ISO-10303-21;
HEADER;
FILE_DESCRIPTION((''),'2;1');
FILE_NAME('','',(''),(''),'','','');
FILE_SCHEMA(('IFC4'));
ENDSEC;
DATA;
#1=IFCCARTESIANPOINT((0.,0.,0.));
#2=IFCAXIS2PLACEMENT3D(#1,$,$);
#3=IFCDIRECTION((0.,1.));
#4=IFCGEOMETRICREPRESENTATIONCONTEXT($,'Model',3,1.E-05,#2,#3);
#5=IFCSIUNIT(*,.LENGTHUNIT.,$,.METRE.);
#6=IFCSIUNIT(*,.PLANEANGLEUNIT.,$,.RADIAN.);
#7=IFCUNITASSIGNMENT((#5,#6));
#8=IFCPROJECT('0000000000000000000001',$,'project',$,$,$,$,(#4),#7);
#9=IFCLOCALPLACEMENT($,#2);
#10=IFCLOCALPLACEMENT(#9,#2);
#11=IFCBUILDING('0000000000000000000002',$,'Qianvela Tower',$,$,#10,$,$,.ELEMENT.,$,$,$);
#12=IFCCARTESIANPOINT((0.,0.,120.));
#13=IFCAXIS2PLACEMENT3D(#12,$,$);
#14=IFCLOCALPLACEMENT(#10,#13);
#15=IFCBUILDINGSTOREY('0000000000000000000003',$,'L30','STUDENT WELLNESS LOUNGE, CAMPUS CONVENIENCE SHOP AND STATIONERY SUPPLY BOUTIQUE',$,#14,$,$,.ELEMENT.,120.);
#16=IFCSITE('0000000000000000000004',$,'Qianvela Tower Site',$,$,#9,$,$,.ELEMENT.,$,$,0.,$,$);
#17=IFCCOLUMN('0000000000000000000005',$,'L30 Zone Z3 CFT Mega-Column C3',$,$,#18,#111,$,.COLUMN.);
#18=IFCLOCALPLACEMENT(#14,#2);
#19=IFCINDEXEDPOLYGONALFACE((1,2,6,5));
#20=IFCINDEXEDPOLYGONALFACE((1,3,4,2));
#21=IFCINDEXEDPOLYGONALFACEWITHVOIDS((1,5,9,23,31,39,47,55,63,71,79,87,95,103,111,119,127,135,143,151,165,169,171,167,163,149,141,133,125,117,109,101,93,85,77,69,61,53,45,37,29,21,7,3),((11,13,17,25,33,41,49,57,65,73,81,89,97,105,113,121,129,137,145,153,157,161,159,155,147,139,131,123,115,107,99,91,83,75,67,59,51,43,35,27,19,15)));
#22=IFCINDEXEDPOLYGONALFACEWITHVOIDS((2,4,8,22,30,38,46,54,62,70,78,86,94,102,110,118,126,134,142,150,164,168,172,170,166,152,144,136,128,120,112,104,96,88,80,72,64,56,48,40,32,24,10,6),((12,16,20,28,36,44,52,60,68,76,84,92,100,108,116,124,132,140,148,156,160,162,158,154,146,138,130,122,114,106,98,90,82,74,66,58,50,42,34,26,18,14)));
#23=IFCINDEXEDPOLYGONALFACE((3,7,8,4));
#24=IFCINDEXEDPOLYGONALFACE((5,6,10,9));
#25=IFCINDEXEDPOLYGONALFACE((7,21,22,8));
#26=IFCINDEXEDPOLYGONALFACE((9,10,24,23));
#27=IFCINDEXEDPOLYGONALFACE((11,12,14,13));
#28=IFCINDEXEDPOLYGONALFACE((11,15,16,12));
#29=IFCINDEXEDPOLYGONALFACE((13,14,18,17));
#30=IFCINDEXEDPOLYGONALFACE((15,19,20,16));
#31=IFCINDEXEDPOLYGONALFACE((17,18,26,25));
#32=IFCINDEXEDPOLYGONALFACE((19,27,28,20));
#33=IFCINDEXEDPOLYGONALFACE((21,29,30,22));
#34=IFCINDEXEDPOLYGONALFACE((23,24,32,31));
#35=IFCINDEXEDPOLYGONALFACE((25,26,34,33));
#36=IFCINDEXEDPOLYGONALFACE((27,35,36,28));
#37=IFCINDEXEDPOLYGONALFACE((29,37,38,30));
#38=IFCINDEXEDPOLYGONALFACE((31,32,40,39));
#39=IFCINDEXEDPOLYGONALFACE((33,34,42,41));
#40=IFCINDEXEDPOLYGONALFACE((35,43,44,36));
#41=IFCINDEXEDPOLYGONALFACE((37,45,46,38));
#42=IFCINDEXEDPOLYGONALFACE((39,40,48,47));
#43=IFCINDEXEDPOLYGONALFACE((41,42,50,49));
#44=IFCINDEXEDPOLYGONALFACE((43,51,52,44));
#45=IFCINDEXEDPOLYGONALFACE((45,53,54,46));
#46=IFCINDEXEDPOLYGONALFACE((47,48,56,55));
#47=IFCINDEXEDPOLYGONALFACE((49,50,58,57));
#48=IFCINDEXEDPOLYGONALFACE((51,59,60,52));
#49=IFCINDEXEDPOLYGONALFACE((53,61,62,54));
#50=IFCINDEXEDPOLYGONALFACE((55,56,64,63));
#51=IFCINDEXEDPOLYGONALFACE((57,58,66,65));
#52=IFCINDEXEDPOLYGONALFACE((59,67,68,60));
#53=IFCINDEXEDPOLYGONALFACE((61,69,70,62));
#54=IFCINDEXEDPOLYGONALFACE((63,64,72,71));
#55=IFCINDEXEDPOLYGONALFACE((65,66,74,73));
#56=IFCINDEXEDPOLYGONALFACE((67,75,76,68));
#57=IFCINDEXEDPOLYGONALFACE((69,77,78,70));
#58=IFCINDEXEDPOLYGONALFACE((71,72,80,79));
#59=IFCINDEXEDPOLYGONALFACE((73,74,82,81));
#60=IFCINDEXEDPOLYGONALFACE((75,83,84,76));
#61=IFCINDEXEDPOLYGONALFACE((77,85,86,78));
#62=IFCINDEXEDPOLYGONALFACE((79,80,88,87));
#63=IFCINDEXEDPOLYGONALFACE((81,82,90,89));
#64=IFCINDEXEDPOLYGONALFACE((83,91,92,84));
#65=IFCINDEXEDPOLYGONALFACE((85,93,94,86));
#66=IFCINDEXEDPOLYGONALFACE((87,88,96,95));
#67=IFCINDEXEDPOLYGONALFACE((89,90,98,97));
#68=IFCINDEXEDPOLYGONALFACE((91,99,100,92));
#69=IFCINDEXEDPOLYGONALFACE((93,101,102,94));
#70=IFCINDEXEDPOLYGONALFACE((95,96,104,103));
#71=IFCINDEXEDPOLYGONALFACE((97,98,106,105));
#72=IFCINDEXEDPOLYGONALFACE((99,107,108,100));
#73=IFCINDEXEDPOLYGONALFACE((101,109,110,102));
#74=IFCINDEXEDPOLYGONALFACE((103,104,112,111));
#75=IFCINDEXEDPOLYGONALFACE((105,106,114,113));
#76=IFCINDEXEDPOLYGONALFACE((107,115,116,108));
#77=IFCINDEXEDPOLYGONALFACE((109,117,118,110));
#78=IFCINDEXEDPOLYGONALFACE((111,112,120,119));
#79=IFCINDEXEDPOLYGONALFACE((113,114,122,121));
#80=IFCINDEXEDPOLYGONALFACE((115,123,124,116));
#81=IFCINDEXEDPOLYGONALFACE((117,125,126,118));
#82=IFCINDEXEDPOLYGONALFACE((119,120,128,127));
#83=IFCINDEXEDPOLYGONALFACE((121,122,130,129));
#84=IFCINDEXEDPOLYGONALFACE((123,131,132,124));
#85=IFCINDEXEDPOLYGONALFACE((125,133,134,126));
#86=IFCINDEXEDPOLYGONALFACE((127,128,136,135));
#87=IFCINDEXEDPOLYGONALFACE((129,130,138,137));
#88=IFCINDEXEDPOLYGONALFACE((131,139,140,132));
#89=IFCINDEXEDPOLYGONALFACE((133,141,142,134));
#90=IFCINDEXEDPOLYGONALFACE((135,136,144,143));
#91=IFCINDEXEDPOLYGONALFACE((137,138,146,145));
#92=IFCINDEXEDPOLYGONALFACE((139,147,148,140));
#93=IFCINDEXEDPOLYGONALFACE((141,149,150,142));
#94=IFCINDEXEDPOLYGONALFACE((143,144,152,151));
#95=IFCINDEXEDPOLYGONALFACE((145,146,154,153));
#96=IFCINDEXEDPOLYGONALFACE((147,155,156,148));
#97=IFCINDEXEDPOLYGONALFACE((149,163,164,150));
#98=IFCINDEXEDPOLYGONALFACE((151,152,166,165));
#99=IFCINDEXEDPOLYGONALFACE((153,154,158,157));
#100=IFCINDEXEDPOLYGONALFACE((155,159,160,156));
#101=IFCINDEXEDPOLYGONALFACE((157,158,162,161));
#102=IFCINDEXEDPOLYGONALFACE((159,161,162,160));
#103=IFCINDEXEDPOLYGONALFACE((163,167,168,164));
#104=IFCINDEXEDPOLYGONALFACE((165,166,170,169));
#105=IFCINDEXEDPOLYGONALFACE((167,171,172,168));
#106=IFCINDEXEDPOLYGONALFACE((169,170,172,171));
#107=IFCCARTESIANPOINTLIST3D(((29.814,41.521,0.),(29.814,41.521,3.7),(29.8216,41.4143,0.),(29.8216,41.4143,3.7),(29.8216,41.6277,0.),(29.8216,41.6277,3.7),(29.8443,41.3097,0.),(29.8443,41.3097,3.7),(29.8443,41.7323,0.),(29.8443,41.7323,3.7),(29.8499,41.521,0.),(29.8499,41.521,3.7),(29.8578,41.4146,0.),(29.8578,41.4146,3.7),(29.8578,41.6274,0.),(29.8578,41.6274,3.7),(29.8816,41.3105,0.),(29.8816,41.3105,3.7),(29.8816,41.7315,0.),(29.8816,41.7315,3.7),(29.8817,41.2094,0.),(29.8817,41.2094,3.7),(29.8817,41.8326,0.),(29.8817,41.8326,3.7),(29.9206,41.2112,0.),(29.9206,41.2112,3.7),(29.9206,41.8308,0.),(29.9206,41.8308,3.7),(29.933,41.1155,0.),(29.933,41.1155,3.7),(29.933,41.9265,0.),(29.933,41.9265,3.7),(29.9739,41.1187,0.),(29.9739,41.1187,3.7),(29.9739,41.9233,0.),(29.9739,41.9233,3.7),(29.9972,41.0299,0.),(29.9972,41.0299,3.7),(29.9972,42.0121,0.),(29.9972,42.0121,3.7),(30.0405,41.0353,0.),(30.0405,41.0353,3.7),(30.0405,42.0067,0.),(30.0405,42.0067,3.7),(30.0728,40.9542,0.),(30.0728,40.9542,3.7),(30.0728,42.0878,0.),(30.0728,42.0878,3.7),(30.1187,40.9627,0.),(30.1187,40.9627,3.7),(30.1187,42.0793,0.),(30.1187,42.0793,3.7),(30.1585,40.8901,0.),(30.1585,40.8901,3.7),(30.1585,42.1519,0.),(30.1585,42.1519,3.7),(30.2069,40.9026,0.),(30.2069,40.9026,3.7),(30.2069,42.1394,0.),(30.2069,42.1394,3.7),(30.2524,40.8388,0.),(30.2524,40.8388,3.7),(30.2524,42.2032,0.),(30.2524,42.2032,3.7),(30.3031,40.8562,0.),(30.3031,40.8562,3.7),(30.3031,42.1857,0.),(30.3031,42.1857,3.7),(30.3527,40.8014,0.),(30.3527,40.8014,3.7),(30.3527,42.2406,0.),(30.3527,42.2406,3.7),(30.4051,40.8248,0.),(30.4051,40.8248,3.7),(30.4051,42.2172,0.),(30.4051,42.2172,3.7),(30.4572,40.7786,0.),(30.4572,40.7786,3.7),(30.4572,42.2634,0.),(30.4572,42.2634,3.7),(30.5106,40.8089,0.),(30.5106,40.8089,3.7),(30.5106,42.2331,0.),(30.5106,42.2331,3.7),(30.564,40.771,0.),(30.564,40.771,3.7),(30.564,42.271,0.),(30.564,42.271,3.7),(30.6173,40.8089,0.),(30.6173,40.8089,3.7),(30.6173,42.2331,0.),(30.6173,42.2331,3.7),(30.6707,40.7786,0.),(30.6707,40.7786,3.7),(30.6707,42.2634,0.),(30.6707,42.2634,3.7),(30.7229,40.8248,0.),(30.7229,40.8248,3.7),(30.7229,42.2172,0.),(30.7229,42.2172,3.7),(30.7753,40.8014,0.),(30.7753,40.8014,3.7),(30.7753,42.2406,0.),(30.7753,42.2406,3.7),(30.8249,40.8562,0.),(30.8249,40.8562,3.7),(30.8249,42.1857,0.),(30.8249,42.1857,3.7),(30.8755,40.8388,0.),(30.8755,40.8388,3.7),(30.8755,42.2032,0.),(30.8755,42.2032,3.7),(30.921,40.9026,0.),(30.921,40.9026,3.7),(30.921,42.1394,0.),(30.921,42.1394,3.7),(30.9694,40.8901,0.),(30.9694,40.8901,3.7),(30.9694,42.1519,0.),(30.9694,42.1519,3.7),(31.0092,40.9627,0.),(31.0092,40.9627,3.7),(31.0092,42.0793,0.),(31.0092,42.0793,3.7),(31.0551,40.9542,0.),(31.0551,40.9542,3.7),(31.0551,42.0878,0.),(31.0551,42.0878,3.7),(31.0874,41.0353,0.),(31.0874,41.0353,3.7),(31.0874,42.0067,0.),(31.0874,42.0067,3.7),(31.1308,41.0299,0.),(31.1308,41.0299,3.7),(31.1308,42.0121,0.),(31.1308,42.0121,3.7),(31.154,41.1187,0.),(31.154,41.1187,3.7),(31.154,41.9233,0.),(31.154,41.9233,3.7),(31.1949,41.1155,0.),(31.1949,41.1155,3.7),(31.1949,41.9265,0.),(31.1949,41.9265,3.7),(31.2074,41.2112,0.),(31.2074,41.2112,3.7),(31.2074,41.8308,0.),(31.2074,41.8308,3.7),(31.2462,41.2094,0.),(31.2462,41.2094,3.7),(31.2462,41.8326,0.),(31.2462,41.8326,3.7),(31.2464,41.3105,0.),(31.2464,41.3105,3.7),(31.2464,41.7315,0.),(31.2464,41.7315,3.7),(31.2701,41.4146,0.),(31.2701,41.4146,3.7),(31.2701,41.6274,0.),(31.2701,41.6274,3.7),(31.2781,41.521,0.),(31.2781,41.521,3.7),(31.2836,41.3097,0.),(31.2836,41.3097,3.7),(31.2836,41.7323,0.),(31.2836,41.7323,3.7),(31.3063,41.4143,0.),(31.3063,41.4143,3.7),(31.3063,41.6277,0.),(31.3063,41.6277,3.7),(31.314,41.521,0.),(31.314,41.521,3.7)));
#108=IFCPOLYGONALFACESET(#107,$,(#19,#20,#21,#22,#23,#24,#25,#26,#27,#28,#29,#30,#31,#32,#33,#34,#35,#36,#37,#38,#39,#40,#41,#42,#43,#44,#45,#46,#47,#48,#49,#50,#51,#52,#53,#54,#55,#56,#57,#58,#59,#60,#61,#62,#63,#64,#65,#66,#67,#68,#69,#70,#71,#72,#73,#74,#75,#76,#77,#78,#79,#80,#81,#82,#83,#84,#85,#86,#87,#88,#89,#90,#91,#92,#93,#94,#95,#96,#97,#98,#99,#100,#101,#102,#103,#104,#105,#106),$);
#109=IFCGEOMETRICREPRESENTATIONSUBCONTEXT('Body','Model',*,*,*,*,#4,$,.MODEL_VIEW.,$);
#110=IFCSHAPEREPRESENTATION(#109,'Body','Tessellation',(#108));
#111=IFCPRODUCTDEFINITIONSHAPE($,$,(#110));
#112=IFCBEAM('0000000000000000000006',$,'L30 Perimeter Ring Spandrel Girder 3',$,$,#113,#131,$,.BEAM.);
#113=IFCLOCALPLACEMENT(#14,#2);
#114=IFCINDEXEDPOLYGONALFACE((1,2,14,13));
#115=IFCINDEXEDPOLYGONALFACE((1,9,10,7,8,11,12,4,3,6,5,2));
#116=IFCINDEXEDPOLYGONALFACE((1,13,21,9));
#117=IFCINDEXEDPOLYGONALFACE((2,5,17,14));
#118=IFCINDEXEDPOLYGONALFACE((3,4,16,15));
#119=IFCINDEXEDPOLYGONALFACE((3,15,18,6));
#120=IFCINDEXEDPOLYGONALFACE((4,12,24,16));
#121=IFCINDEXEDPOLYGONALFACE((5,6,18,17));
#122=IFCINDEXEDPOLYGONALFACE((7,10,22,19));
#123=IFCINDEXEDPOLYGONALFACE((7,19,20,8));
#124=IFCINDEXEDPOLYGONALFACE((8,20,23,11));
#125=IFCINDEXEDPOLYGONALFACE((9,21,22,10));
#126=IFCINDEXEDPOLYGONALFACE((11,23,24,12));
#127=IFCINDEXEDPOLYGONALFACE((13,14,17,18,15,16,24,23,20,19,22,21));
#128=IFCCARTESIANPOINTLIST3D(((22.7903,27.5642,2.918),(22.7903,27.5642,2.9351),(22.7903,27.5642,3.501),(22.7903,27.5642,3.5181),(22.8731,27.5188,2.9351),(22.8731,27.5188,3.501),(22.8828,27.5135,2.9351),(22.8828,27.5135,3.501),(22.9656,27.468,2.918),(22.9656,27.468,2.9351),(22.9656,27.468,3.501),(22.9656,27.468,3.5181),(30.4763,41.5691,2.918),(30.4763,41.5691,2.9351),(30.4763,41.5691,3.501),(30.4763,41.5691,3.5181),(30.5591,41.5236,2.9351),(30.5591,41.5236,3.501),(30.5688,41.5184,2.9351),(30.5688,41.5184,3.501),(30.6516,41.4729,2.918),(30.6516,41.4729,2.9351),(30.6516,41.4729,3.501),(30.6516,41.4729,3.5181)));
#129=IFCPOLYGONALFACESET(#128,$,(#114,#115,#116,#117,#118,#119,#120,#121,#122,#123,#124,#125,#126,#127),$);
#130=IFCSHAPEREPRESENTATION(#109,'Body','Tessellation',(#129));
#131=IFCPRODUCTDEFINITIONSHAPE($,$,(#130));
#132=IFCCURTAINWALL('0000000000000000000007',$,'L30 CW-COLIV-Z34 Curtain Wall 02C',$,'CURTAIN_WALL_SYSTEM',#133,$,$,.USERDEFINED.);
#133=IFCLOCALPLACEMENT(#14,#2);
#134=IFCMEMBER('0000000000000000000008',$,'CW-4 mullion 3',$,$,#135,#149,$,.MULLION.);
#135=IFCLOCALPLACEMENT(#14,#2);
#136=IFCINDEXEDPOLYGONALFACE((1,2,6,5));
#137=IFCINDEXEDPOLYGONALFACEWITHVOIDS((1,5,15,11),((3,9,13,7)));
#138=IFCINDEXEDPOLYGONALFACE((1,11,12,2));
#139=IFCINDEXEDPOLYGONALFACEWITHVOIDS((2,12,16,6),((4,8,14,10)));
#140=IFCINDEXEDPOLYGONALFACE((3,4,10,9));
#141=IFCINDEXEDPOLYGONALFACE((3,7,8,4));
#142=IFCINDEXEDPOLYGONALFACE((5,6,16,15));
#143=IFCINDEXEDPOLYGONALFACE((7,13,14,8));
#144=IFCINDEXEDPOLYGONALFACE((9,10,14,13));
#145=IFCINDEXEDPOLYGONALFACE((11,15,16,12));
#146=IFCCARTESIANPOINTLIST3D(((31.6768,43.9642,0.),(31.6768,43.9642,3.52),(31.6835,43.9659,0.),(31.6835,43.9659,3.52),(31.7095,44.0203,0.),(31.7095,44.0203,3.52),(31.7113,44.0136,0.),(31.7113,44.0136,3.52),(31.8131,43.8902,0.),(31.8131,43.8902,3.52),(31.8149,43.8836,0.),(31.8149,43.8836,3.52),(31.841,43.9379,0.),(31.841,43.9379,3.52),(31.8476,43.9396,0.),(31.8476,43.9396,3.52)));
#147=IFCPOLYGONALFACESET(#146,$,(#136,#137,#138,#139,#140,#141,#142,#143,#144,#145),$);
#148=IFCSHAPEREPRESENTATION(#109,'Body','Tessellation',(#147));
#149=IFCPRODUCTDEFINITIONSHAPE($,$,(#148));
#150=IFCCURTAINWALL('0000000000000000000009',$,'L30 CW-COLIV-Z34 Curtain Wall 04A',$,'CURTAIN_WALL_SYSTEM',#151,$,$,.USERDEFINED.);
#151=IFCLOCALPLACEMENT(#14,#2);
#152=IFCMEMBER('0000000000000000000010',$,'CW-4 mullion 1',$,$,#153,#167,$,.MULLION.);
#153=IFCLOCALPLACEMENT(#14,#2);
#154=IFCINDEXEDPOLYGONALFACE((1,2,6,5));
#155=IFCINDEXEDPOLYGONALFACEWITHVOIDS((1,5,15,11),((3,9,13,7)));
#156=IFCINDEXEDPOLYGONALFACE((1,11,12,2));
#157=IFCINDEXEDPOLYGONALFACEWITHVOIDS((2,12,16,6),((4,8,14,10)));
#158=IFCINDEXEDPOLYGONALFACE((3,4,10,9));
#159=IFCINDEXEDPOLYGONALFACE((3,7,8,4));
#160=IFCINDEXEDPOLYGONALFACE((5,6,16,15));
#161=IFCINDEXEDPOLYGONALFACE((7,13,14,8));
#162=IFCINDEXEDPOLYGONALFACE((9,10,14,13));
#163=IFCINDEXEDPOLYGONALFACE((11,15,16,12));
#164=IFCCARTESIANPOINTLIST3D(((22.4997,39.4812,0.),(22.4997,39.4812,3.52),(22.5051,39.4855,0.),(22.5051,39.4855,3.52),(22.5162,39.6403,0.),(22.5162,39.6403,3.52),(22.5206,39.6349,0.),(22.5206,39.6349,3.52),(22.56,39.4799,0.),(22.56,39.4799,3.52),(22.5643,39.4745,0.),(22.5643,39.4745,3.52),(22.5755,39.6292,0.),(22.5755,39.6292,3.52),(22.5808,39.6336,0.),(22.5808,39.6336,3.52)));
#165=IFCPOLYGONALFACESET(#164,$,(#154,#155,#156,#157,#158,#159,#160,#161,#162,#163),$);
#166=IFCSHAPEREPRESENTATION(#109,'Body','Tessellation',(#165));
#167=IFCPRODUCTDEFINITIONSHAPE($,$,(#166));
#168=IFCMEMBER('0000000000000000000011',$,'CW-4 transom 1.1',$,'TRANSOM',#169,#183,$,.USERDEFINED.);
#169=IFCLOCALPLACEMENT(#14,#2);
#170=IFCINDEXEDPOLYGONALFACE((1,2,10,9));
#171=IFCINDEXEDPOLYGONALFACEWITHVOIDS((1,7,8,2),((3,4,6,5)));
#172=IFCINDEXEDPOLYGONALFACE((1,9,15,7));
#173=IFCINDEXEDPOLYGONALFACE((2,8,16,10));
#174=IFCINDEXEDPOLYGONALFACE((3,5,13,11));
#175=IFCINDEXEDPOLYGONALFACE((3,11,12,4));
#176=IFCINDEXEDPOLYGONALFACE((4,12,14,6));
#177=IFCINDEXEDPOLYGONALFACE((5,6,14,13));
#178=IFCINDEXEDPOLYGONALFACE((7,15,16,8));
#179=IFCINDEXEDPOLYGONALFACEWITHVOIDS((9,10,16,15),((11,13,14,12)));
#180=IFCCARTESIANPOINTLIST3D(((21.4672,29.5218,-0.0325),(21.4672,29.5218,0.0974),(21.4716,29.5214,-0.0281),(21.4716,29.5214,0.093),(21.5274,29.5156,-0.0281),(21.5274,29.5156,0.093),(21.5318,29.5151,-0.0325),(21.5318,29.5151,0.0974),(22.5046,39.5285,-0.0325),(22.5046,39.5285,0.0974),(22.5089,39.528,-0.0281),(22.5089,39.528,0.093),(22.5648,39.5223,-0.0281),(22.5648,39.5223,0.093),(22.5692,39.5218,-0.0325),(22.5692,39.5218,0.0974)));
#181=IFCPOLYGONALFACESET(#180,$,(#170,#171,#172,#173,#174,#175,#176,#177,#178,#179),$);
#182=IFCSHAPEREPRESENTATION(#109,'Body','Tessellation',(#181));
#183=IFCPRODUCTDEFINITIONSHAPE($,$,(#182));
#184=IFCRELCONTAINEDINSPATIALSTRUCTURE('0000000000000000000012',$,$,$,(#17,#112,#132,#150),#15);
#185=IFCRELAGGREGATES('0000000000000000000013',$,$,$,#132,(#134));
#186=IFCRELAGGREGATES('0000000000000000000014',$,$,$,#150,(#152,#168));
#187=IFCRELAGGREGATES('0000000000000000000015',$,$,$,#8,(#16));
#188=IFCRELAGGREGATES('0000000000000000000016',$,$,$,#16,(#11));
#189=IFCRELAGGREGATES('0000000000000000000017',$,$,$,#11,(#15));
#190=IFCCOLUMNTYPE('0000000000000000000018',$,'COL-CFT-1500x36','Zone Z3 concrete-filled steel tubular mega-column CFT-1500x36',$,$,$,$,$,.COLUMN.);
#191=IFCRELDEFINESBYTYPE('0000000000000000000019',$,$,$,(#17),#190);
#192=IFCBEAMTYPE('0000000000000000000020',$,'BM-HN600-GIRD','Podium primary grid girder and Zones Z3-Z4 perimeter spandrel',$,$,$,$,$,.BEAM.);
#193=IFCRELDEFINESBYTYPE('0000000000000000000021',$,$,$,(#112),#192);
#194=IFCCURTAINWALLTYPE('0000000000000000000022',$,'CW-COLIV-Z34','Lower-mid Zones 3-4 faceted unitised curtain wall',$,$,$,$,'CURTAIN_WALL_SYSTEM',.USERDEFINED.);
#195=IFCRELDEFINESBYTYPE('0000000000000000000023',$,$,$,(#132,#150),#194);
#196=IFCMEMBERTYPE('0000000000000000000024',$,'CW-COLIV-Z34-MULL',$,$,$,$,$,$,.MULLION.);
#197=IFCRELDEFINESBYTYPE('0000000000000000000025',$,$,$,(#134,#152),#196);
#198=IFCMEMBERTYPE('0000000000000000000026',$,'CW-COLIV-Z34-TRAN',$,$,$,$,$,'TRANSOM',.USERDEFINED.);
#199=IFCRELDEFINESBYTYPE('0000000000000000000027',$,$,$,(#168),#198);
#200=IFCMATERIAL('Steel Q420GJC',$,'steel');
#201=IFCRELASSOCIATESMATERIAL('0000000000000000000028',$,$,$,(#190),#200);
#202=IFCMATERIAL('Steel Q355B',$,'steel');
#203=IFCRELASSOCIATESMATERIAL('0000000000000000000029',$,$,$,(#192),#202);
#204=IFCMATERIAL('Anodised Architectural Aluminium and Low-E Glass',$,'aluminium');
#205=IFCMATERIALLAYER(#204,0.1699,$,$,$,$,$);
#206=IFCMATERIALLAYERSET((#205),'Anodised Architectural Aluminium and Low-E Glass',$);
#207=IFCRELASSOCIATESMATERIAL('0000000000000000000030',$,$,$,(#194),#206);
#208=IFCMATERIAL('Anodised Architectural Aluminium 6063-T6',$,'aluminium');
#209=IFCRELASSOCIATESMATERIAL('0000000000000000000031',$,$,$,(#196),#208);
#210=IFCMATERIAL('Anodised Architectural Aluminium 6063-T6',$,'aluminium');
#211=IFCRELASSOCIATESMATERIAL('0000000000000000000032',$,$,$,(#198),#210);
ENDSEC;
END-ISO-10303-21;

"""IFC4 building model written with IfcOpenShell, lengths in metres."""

from ifc_helpers import new_model, si_unit, direction, frame, origin, origin_2d, place, context, subcontext, project, spatial, hollow_rectangle, hollow_circle, i_section, extrude, material, layer, layer_set, material_profile, profile_set, type_object, element, aggregate, save


model = new_model("IFC4")

# Units and contexts
model_context = context("Model", 3, precision=1e-05, world=origin(), true_north=direction((0.0, 1.0)))
body_context = subcontext(model_context, "Body", "Model", "MODEL_VIEW")
ifc_project = project(units=[si_unit("LENGTHUNIT", "METRE"), si_unit("PLANEANGLEUNIT", "RADIAN")], contexts=[model_context])

# Site, building, storey
site_placement = place(None, origin())
site = spatial("IfcSite", under=ifc_project, at=site_placement, Name="Qianvela Tower Site", CompositionType="ELEMENT", RefElevation=0.0)
building_placement = place(site_placement, origin())
building = spatial("IfcBuilding", under=site, at=building_placement, Name="Qianvela Tower", CompositionType="ELEMENT")
storey_placement = place(building_placement, frame((0.0, 0.0, 120.0)))
storey = spatial("IfcBuildingStorey", under=building, at=storey_placement, Name="L30", Description="STUDENT WELLNESS LOUNGE, CAMPUS CONVENIENCE SHOP AND STATIONERY SUPPLY BOUTIQUE", CompositionType="ELEMENT", Elevation=120.0)

# Column
ifc_material_1 = material(Name="Steel Q420GJC", Category="steel")
ifc_material_profile_1 = material_profile(ifc_material_1, hollow_circle(Radius=0.75, WallThickness=0.0359, at=origin_2d()), Name="CFT-1500x36")
ifc_profile_set_1 = profile_set([ifc_material_profile_1], Name="Steel Q420GJC")
column_type = type_object("IfcColumnType", Name="COL-CFT-1500x36", Description="Zone Z3 concrete-filled steel tubular mega-column CFT-1500x36", PredefinedType="COLUMN", material=ifc_profile_set_1)
column_placement = place(storey_placement, frame((30.564, 41.521, 0.0), z_axis=(0.0, 0.0, 1.0), x_axis=(1.0, 0.0, 0.0)))
element("IfcColumn", 1, at=column_placement, inside=storey, type_object=column_type, Name="L30 Zone Z3 CFT Mega-Column C3", PredefinedType="COLUMN", context=body_context, shape_type="SweptSolid", body=[
    extrude(hollow_circle(Radius=0.75, WallThickness=0.0359, at=origin_2d()), origin(), (0.0, 0.0, 1.0), 3.7),
])

# Beam
ifc_material_2 = material(Name="Steel Q355B", Category="steel")
ifc_material_profile_2 = material_profile(ifc_material_2, i_section(OverallWidth=0.2, OverallDepth=0.6001, WebThickness=0.011, FlangeThickness=0.0171, at=origin_2d()), Name="HN600x200x11x17")
ifc_profile_set_2 = profile_set([ifc_material_profile_2], Name="Steel Q355B")
beam_type = type_object("IfcBeamType", Name="BM-HN600-GIRD", Description="Podium primary grid girder and Zones Z3-Z4 perimeter spandrel", PredefinedType="BEAM", material=ifc_profile_set_2)
beam_placement = place(storey_placement, frame((30.564, 41.521, 3.218), z_axis=(-0.481118, -0.876656, 0.0), x_axis=(0.876656, -0.481118, 0.0)))
element("IfcBeam", 2, at=beam_placement, inside=storey, type_object=beam_type, Name="L30 Perimeter Ring Spandrel Girder 3", PredefinedType="BEAM", context=body_context, shape_type="SweptSolid", body=[
    extrude(i_section(OverallWidth=0.2, OverallDepth=0.6001, WebThickness=0.011, FlangeThickness=0.0171, at=origin_2d()), origin(), (0.0, 0.0, 1.0), 15.9753),
])

# Curtain wall, member
ifc_material_3 = material(Name="Anodised Architectural Aluminium and Low-E Glass", Category="aluminium")
ifc_layer_1 = layer(ifc_material_3, 0.1699)
ifc_layer_set_1 = layer_set([ifc_layer_1], Name="Anodised Architectural Aluminium and Low-E Glass")
curtain_wall_type = type_object("IfcCurtainWallType", Name="CW-COLIV-Z34", Description="Lower-mid Zones 3-4 faceted unitised curtain wall", ElementType="CURTAIN_WALL_SYSTEM", PredefinedType="USERDEFINED", material=ifc_layer_set_1)
curtain_wall_1_placement = place(storey_placement, origin())
curtain_wall_1 = element("IfcCurtainWall", 3, at=curtain_wall_1_placement, inside=storey, type_object=curtain_wall_type, Name="L30 CW-COLIV-Z34 Curtain Wall 02C", ObjectType="CURTAIN_WALL_SYSTEM", PredefinedType="USERDEFINED")
ifc_material_4 = material(Name="Anodised Architectural Aluminium 6063-T6", Category="aluminium")
ifc_material_profile_3 = material_profile(ifc_material_4, hollow_rectangle(XDim=0.0649, YDim=0.1599, WallThickness=0.0049, at=origin_2d()), Name="ALU-MULL-65x160")
ifc_profile_set_3 = profile_set([ifc_material_profile_3], Name="Anodised Architectural Aluminium 6063-T6")
member_type_1 = type_object("IfcMemberType", Name="CW-COLIV-Z34-MULL", PredefinedType="MULLION", material=ifc_profile_set_3)
member_1_placement = place(storey_placement, frame((31.7622, 43.9519, 0.0), z_axis=(0.0, 0.0, 1.0), x_axis=(-0.504123, -0.863632, 0.0)))
member_1 = element("IfcMember", 4, at=member_1_placement, type_object=member_type_1, Name="CW-4 mullion 3", PredefinedType="MULLION", context=body_context, shape_type="SweptSolid", body=[
    extrude(hollow_rectangle(XDim=0.0649, YDim=0.1599, WallThickness=0.0049, at=origin_2d()), origin(), (0.0, 0.0, 1.0), 3.52),
])
aggregate(curtain_wall_1, [member_1])

# Curtain wall, members
curtain_wall_2_placement = place(storey_placement, origin())
curtain_wall_2 = element("IfcCurtainWall", 5, at=curtain_wall_2_placement, inside=storey, type_object=curtain_wall_type, Name="L30 CW-COLIV-Z34 Curtain Wall 04A", ObjectType="CURTAIN_WALL_SYSTEM", PredefinedType="USERDEFINED")
member_2_placement = place(storey_placement, frame((22.5403, 39.5574, 0.0), z_axis=(0.0, 0.0, 1.0), x_axis=(0.994668, -0.10313, 0.0)))
member_2 = element("IfcMember", 6, at=member_2_placement, type_object=member_type_1, Name="CW-4 mullion 1", PredefinedType="MULLION", context=body_context, shape_type="SweptSolid", body=[
    extrude(hollow_rectangle(XDim=0.0649, YDim=0.1599, WallThickness=0.0049, at=origin_2d()), origin(), (0.0, 0.0, 1.0), 3.52),
])
ifc_material_5 = material(Name="Anodised Architectural Aluminium 6063-T6", Category="aluminium")
ifc_material_profile_4 = material_profile(ifc_material_5, hollow_rectangle(XDim=0.0649, YDim=0.1299, WallThickness=0.0044, at=origin_2d()), Name="ALU-TRAN-65x130")
ifc_profile_set_4 = profile_set([ifc_material_profile_4], Name="Anodised Architectural Aluminium 6063-T6")
member_type_2 = type_object("IfcMemberType", Name="CW-COLIV-Z34-TRAN", ElementType="TRANSOM", PredefinedType="USERDEFINED", material=ifc_profile_set_4)
member_3_placement = place(storey_placement, frame((22.5369, 39.5251, 0.0325), z_axis=(-0.103114, -0.99467, 0.0), x_axis=(0.99467, -0.103114, 0.0)))
member_3 = element("IfcMember", 7, at=member_3_placement, type_object=member_type_2, Name="CW-4 transom 1.1", ObjectType="TRANSOM", PredefinedType="USERDEFINED", context=body_context, shape_type="SweptSolid", body=[
    extrude(hollow_rectangle(XDim=0.0649, YDim=0.1299, WallThickness=0.0044, at=origin_2d()), origin(), (0.0, 0.0, 1.0), 10.0603),
])
aggregate(curtain_wall_2, [member_2, member_3])

save(model, "model.ifc")
